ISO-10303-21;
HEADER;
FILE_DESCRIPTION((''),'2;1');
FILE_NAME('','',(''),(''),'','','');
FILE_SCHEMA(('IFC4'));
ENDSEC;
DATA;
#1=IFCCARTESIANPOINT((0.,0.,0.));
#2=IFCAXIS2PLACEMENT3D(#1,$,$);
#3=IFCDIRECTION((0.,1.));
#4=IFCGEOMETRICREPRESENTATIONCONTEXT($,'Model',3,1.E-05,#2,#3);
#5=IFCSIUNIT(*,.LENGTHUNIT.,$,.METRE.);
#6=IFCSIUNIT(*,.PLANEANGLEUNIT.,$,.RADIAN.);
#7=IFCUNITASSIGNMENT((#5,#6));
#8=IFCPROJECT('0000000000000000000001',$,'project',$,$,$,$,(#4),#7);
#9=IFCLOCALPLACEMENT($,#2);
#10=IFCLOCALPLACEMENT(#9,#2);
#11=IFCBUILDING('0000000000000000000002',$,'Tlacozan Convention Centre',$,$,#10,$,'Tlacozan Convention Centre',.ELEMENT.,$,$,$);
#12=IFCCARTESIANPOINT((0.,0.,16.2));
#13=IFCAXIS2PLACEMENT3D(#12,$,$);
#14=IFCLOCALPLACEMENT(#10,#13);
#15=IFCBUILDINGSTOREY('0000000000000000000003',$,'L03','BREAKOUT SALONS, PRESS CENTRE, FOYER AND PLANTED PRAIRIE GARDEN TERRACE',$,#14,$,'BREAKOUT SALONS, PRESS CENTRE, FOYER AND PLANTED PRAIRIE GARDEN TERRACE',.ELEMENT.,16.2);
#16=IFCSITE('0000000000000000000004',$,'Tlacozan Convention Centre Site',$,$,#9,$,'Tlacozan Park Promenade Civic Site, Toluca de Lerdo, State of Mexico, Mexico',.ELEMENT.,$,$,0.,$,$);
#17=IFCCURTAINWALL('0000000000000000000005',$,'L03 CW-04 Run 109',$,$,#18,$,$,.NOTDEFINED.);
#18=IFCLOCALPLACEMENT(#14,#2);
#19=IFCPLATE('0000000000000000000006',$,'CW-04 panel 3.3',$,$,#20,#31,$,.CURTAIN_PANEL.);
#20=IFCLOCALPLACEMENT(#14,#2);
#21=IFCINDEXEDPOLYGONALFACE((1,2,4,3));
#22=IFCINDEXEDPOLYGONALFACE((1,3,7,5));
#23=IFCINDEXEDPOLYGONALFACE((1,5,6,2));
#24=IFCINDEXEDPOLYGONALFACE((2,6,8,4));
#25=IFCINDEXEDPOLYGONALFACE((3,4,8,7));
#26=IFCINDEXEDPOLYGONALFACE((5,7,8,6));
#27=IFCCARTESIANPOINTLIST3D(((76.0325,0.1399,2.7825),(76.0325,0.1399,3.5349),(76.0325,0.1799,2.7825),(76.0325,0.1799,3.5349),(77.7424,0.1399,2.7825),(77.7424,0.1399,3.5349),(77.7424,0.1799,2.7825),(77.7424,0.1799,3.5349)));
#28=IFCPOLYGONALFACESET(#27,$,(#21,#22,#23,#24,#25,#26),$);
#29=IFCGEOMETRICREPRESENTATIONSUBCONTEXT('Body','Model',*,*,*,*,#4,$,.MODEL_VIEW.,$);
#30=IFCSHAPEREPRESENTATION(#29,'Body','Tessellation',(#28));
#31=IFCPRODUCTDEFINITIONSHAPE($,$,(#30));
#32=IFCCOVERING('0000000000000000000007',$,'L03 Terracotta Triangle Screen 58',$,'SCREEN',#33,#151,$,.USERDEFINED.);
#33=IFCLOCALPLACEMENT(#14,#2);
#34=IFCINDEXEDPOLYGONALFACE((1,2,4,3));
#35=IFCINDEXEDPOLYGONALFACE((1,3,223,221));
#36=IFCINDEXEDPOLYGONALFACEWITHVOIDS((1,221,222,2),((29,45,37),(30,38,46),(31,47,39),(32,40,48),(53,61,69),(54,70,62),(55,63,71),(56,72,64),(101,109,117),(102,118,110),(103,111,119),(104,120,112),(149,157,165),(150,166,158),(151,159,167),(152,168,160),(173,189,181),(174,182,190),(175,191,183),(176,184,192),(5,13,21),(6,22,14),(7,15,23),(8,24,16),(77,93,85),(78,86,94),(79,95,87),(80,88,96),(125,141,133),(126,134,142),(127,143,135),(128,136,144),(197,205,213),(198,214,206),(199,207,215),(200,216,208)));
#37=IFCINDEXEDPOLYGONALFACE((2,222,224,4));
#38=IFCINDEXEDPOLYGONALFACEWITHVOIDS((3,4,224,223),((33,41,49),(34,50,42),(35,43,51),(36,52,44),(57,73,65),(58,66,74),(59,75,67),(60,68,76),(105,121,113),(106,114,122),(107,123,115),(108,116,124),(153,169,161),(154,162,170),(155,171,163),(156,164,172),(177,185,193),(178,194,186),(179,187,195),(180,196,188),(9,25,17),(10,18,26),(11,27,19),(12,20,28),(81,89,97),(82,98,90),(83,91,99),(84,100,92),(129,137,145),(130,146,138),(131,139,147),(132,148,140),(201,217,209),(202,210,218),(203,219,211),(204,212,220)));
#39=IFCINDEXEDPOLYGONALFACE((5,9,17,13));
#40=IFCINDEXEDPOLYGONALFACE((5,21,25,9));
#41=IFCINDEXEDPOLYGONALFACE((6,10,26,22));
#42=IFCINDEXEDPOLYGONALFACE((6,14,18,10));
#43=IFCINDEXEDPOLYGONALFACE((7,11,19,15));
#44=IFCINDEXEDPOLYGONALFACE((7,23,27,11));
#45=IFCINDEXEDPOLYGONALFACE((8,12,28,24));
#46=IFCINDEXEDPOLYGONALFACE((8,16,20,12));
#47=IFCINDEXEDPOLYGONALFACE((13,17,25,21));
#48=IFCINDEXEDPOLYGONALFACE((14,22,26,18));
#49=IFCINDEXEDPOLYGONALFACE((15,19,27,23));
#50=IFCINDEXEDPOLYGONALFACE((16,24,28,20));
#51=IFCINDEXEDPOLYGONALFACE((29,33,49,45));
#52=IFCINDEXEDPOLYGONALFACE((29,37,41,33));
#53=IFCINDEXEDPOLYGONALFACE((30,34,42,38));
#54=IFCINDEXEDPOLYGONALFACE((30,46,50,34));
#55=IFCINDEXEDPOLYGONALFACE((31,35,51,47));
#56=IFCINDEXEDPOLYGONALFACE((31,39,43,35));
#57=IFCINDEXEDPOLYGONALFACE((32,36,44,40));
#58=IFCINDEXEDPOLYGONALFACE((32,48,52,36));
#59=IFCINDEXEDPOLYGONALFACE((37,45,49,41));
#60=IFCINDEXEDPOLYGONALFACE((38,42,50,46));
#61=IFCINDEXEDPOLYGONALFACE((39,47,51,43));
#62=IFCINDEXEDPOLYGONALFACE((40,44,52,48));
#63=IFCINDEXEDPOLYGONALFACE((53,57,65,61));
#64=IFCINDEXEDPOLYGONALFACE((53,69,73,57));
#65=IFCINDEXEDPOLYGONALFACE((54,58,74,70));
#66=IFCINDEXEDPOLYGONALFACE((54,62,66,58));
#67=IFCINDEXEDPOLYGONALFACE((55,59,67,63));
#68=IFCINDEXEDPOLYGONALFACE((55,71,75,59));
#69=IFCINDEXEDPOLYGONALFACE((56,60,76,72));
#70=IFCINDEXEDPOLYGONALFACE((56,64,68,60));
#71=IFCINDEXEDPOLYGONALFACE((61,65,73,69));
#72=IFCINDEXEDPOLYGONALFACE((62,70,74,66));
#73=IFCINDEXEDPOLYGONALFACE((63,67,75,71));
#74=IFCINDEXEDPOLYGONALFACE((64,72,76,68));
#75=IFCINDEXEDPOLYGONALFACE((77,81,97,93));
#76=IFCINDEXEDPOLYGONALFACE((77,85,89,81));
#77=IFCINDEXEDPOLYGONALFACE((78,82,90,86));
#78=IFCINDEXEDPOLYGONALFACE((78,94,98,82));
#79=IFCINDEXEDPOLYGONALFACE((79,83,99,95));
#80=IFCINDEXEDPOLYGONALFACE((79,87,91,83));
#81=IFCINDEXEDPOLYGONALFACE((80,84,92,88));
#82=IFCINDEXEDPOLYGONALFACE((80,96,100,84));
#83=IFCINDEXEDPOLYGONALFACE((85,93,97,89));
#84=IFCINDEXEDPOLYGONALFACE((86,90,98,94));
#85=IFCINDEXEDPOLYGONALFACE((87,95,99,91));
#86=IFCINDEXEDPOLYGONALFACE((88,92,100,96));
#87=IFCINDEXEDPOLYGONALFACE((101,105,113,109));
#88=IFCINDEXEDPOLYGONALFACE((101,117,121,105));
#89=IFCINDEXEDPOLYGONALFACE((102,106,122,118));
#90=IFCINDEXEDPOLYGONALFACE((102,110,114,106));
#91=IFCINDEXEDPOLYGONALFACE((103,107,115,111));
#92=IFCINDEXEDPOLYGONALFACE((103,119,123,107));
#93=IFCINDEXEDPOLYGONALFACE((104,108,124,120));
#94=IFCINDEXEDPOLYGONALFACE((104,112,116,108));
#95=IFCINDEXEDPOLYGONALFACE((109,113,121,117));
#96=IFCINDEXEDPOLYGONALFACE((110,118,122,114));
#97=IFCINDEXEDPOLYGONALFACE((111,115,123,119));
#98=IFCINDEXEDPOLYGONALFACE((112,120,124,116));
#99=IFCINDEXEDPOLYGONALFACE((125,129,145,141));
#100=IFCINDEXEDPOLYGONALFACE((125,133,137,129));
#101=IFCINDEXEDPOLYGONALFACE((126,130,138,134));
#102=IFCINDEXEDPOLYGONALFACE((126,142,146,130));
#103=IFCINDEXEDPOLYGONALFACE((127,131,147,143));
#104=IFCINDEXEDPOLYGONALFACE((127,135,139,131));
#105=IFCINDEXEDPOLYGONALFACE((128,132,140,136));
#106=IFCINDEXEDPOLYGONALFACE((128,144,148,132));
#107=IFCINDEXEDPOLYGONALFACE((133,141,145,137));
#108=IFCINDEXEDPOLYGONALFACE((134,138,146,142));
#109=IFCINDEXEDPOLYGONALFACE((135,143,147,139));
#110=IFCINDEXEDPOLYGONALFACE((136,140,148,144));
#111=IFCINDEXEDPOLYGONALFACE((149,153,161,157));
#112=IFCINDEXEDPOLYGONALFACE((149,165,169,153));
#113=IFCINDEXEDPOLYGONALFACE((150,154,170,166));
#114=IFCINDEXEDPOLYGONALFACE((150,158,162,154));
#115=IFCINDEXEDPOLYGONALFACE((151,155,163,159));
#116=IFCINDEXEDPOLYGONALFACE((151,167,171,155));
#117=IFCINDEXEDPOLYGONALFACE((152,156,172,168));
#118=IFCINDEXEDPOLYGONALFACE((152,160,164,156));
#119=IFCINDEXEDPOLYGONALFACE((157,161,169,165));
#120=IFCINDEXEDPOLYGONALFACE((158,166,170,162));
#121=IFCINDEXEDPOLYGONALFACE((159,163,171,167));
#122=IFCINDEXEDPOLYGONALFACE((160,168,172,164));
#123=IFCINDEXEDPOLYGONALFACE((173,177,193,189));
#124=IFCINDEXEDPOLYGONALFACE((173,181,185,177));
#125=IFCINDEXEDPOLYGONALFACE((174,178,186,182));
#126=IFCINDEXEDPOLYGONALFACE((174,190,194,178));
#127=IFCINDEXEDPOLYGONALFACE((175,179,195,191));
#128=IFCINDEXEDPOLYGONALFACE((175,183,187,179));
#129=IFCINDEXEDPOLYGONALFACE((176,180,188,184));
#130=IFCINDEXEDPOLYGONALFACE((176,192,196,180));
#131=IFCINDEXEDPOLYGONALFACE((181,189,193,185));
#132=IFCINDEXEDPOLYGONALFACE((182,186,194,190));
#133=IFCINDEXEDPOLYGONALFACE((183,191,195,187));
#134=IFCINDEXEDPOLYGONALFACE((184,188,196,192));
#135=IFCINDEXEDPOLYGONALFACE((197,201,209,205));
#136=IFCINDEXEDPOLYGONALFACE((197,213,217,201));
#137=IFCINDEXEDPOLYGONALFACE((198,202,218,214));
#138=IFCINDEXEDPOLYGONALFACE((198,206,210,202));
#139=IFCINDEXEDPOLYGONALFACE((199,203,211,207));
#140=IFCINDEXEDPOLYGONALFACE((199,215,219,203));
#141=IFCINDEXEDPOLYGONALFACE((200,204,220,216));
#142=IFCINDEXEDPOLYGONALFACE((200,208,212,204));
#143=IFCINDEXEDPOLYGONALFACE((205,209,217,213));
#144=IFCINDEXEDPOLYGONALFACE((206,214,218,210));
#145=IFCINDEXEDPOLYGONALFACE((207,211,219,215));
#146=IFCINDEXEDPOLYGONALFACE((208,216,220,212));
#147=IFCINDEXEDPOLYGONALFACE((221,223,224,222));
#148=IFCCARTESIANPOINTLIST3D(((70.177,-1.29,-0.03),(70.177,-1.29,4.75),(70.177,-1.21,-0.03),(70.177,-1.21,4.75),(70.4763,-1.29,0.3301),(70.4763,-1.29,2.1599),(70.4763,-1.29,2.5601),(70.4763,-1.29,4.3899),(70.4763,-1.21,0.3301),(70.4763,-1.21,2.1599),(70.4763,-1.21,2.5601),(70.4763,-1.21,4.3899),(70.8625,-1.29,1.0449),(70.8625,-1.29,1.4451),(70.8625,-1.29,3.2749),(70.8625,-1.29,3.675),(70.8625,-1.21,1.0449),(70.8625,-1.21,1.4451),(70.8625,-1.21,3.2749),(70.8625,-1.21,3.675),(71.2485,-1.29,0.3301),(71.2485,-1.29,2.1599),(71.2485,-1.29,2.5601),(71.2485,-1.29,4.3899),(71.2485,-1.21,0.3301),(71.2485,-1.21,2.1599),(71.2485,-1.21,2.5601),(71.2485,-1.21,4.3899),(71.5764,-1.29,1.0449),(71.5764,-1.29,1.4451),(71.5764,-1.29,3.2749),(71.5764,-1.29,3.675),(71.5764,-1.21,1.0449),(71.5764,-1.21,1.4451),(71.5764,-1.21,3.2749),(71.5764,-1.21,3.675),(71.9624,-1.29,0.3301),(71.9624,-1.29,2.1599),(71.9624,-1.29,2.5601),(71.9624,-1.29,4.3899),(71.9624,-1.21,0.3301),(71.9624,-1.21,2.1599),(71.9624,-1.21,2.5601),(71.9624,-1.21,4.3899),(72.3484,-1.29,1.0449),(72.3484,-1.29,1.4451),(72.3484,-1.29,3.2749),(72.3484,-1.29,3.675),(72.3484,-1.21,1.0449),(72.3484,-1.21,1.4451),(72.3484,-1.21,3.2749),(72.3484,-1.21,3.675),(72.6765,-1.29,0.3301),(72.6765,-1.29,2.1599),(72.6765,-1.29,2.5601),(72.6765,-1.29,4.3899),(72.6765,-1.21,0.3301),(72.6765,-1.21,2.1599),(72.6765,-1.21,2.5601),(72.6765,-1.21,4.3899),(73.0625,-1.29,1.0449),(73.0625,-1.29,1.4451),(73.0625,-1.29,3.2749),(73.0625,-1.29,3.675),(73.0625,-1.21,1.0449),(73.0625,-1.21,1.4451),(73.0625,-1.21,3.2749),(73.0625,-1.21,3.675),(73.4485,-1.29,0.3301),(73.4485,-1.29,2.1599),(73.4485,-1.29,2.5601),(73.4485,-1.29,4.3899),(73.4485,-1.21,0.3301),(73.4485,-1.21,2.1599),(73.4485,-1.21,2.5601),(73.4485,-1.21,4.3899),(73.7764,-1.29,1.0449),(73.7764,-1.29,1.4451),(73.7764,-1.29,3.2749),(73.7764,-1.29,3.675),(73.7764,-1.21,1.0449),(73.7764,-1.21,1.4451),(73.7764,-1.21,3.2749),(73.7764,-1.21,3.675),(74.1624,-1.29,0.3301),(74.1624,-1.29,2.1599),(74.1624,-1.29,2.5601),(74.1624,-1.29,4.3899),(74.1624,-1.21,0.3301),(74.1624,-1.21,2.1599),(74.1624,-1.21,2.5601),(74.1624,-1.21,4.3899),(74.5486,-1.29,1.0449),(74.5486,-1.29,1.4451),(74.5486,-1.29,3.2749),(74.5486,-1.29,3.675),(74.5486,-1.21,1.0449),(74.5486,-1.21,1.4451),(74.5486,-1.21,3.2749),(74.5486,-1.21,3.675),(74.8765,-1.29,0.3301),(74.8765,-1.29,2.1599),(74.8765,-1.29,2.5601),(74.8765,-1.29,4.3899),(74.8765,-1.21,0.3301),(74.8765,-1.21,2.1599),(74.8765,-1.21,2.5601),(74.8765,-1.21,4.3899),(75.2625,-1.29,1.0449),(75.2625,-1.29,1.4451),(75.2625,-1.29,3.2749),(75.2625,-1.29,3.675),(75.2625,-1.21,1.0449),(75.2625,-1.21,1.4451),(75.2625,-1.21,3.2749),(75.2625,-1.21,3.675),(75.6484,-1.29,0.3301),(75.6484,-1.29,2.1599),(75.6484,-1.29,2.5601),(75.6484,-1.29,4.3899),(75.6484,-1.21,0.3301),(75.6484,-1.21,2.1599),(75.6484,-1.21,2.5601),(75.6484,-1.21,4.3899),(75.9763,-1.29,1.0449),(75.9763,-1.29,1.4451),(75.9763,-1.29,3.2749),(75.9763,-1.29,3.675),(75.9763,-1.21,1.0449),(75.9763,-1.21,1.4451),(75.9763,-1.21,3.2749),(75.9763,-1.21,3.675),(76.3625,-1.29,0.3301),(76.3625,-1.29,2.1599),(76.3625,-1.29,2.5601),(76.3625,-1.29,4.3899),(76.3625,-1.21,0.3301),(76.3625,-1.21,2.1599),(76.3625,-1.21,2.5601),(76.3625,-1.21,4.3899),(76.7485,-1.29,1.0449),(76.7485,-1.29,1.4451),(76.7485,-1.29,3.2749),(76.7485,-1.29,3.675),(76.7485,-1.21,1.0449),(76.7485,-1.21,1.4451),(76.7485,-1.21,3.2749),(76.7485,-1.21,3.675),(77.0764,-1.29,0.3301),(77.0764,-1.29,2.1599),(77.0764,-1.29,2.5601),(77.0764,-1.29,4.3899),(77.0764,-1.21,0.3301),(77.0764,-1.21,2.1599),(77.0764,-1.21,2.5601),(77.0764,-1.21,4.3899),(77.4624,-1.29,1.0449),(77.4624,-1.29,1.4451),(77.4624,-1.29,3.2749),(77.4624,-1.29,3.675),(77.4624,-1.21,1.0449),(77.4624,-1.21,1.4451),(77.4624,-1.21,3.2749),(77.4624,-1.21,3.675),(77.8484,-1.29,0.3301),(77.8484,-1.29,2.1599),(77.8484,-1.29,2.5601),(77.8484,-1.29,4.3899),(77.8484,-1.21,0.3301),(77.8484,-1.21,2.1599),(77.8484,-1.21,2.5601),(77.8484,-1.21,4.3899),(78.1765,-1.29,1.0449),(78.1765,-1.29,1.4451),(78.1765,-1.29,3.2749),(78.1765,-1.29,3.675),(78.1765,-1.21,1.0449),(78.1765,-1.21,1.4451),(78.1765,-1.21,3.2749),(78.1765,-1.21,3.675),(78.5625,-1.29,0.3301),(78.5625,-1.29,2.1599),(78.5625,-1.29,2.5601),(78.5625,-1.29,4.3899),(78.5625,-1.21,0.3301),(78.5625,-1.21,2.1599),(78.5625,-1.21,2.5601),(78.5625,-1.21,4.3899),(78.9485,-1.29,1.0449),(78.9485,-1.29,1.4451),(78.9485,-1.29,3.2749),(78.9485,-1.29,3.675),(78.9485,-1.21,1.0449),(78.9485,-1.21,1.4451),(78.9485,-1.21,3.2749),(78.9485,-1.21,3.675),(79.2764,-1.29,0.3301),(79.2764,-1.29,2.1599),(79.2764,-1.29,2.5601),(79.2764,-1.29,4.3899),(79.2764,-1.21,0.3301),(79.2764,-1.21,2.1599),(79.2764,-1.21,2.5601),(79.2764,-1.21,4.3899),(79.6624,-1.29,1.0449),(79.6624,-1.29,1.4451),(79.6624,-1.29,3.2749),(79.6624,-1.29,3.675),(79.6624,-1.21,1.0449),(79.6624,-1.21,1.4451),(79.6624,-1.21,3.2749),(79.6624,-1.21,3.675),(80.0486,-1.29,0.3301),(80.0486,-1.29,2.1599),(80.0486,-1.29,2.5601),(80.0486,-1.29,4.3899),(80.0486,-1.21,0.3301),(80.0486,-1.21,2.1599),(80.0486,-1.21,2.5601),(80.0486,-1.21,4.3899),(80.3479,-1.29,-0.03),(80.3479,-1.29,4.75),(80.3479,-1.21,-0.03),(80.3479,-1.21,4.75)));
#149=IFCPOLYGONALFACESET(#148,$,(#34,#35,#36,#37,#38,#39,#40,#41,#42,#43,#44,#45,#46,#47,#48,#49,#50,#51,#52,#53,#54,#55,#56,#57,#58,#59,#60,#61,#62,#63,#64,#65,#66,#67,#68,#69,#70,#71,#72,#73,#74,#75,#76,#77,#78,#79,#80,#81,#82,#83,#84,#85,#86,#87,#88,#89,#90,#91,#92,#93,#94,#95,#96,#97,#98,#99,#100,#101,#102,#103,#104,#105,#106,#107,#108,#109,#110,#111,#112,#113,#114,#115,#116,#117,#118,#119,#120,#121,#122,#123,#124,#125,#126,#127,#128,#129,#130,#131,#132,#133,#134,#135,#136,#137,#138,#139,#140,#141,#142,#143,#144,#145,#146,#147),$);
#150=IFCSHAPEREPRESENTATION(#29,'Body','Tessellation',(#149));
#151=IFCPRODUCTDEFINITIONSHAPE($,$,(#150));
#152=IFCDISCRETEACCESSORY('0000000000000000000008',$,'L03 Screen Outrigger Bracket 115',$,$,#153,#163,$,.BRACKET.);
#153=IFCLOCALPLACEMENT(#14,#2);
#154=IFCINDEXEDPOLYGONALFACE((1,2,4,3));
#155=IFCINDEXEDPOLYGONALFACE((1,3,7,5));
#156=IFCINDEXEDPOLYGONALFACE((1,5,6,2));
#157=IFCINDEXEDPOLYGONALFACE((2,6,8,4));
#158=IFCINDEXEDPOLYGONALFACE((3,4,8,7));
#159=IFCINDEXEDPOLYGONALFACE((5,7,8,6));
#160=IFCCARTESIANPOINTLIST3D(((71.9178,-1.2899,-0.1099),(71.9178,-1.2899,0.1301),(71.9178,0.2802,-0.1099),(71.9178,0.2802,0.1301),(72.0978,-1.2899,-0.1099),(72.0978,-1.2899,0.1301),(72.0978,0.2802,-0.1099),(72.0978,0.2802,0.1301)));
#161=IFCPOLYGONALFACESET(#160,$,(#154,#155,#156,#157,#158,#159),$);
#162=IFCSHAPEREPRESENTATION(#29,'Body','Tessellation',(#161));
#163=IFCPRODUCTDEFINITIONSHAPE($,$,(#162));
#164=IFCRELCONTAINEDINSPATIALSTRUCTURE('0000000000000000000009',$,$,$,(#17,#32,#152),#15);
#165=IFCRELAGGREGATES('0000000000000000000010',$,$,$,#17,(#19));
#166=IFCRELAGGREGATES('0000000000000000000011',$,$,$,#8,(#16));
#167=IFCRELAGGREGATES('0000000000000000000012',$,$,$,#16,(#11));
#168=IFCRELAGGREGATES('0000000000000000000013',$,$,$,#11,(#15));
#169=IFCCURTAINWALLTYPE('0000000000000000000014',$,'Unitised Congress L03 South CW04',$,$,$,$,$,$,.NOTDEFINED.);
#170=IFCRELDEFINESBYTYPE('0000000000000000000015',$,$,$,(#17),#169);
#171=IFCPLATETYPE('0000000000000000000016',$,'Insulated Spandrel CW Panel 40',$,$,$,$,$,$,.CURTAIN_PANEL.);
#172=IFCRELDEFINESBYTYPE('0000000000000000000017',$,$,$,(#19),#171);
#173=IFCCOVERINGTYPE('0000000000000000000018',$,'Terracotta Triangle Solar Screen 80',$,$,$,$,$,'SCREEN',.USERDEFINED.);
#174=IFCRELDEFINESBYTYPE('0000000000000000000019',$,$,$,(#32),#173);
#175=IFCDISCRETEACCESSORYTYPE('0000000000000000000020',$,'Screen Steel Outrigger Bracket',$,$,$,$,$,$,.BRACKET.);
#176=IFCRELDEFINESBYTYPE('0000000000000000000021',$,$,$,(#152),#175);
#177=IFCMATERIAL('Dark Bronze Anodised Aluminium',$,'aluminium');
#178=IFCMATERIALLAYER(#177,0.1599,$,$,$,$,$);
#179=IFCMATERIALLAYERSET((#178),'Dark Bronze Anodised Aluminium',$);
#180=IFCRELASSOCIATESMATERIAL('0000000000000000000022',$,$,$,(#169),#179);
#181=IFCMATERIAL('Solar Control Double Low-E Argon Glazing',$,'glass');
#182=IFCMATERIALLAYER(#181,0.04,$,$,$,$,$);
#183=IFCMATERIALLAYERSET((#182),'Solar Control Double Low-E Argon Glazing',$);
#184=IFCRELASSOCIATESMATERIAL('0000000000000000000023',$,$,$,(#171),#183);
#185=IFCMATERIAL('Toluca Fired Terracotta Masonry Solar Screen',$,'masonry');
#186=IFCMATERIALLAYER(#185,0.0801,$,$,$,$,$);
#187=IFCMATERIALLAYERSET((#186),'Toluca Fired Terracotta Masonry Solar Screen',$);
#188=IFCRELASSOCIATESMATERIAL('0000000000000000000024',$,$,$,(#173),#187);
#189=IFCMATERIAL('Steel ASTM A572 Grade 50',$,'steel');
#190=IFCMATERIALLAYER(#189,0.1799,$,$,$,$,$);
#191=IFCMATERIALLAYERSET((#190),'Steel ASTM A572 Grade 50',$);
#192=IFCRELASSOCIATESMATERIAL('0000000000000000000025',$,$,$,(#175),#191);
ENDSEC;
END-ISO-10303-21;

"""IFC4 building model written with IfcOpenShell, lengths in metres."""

from ifc_helpers import new_model, si_unit, direction, frame, origin, origin_2d, place, context, subcontext, project, spatial, polyline, rectangle, outline, extrude, material, layer, layer_set, type_object, element, aggregate, save


model = new_model("IFC4")

# Units and contexts
model_context = context("Model", 3, precision=1e-05, world=origin(), true_north=direction((0.0, 1.0)))
body_context = subcontext(model_context, "Body", "Model", "MODEL_VIEW")
ifc_project = project(units=[si_unit("LENGTHUNIT", "METRE"), si_unit("PLANEANGLEUNIT", "RADIAN")], contexts=[model_context])

# Site, building, storey
site_placement = place(None, origin())
site = spatial("IfcSite", under=ifc_project, at=site_placement, Name="Tlacozan Convention Centre Site", LongName="Tlacozan Park Promenade Civic Site, Toluca de Lerdo, State of Mexico, Mexico", CompositionType="ELEMENT", RefElevation=0.0)
building_placement = place(site_placement, origin())
building = spatial("IfcBuilding", under=site, at=building_placement, Name="Tlacozan Convention Centre", LongName="Tlacozan Convention Centre", CompositionType="ELEMENT")
storey_placement = place(building_placement, frame((0.0, 0.0, 16.2)))
storey = spatial("IfcBuildingStorey", under=building, at=storey_placement, Name="L03", Description="BREAKOUT SALONS, PRESS CENTRE, FOYER AND PLANTED PRAIRIE GARDEN TERRACE", LongName="BREAKOUT SALONS, PRESS CENTRE, FOYER AND PLANTED PRAIRIE GARDEN TERRACE", CompositionType="ELEMENT", Elevation=16.2)

# Shared definitions
ifc_material_1 = material(Name="Dark Bronze Anodised Aluminium", Category="aluminium")
ifc_layer_1 = layer(ifc_material_1, 0.1599)
ifc_layer_set_1 = layer_set([ifc_layer_1], Name="Dark Bronze Anodised Aluminium")
curtain_wall_type = type_object("IfcCurtainWallType", Name="Unitised Congress L03 South CW04", PredefinedType="NOTDEFINED", material=ifc_layer_set_1)

# Curtain wall
curtain_wall_1_placement = place(storey_placement, origin())
curtain_wall_1 = element("IfcCurtainWall", 1, at=curtain_wall_1_placement, inside=storey, type_object=curtain_wall_type, Name="L03 CW-04 Run 109", PredefinedType="NOTDEFINED")

# Plate
ifc_material_2 = material(Name="Solar Control Double Low-E Argon Glazing", Category="glass")
ifc_layer_2 = layer(ifc_material_2, 0.04)
ifc_layer_set_2 = layer_set([ifc_layer_2], Name="Solar Control Double Low-E Argon Glazing")
plate_type_1 = type_object("IfcPlateType", Name="Insulated Spandrel CW Panel 40", PredefinedType="CURTAIN_PANEL", material=ifc_layer_set_2)
plate_1_placement = place(storey_placement, frame((76.8875, 0.1599, 2.7825), z_axis=(0.0, 0.0, 1.0), x_axis=(1.0, 0.0, 0.0)))
plate_1 = element("IfcPlate", 2, at=plate_1_placement, type_object=plate_type_1, Name="CW-04 panel 3.3", PredefinedType="CURTAIN_PANEL", context=body_context, shape_type="SweptSolid", body=[
    extrude(rectangle(XDim=1.71, YDim=0.04, at=origin_2d()), origin(), (0.0, 0.0, 1.0), 0.7524),
])
aggregate(curtain_wall_1, [plate_1])

# Covering
ifc_material_3 = material(Name="Toluca Fired Terracotta Masonry Solar Screen", Category="masonry")
ifc_layer_3 = layer(ifc_material_3, 0.0801)
ifc_layer_set_3 = layer_set([ifc_layer_3], Name="Toluca Fired Terracotta Masonry Solar Screen")
covering_type = type_object("IfcCoveringType", Name="Terracotta Triangle Solar Screen 80", ElementType="SCREEN", PredefinedType="USERDEFINED", material=ifc_layer_set_3)
covering_placement = place(storey_placement, frame((70.177, -1.25, -0.03), z_axis=(0.0, 0.0, 1.0), x_axis=(1.0, 0.0, 0.0)))
element("IfcCovering", 3, at=covering_placement, inside=storey, type_object=covering_type, Name="L03 Terracotta Triangle Screen 58", ObjectType="SCREEN", PredefinedType="USERDEFINED", context=body_context, shape_type="SweptSolid", body=[
    extrude(outline(polyline([(0.0, 0.0), (10.1709, 0.0), (10.1709, 4.78), (0.0, 4.78), (0.0, 0.0)]), holes=[polyline([(0.2993, 0.3601), (1.0715, 0.3601), (0.6855, 1.075), (0.2993, 0.3601)]), polyline([(1.3994, 1.075), (2.1714, 1.075), (1.7854, 0.3601), (1.3994, 1.075)]), polyline([(2.4995, 0.3601), (3.2715, 0.3601), (2.8855, 1.075), (2.4995, 0.3601)]), polyline([(3.5994, 1.075), (4.3716, 1.075), (3.9854, 0.3601), (3.5994, 1.075)]), polyline([(4.6995, 0.3601), (5.4714, 0.3601), (5.0854, 1.075), (4.6995, 0.3601)]), polyline([(5.7993, 1.075), (6.5715, 1.075), (6.1855, 0.3601), (5.7993, 1.075)]), polyline([(6.8994, 0.3601), (7.6714, 0.3601), (7.2854, 1.075), (6.8994, 0.3601)]), polyline([(7.9995, 1.075), (8.7715, 1.075), (8.3855, 0.3601), (7.9995, 1.075)]), polyline([(9.0994, 0.3601), (9.8716, 0.3601), (9.4854, 1.075), (9.0994, 0.3601)]), polyline([(0.2993, 2.1899), (1.0715, 2.1899), (0.6855, 1.4751), (0.2993, 2.1899)]), polyline([(1.3994, 1.4751), (2.1714, 1.4751), (1.7854, 2.1899), (1.3994, 1.4751)]), polyline([(2.4995, 2.1899), (3.2715, 2.1899), (2.8855, 1.4751), (2.4995, 2.1899)]), polyline([(3.5994, 1.4751), (4.3716, 1.4751), (3.9854, 2.1899), (3.5994, 1.4751)]), polyline([(4.6995, 2.1899), (5.4714, 2.1899), (5.0854, 1.4751), (4.6995, 2.1899)]), polyline([(5.7993, 1.4751), (6.5715, 1.4751), (6.1855, 2.1899), (5.7993, 1.4751)]), polyline([(6.8994, 2.1899), (7.6714, 2.1899), (7.2854, 1.4751), (6.8994, 2.1899)]), polyline([(7.9995, 1.4751), (8.7715, 1.4751), (8.3855, 2.1899), (7.9995, 1.4751)]), polyline([(9.0994, 2.1899), (9.8716, 2.1899), (9.4854, 1.4751), (9.0994, 2.1899)]), polyline([(0.2993, 2.5901), (1.0715, 2.5901), (0.6855, 3.3049), (0.2993, 2.5901)]), polyline([(1.3994, 3.3049), (2.1714, 3.3049), (1.7854, 2.5901), (1.3994, 3.3049)]), polyline([(2.4995, 2.5901), (3.2715, 2.5901), (2.8855, 3.3049), (2.4995, 2.5901)]), polyline([(3.5994, 3.3049), (4.3716, 3.3049), (3.9854, 2.5901), (3.5994, 3.3049)]), polyline([(4.6995, 2.5901), (5.4714, 2.5901), (5.0854, 3.3049), (4.6995, 2.5901)]), polyline([(5.7993, 3.3049), (6.5715, 3.3049), (6.1855, 2.5901), (5.7993, 3.3049)]), polyline([(6.8994, 2.5901), (7.6714, 2.5901), (7.2854, 3.3049), (6.8994, 2.5901)]), polyline([(7.9995, 3.3049), (8.7715, 3.3049), (8.3855, 2.5901), (7.9995, 3.3049)]), polyline([(9.0994, 2.5901), (9.8716, 2.5901), (9.4854, 3.3049), (9.0994, 2.5901)]), polyline([(0.2993, 4.4199), (1.0715, 4.4199), (0.6855, 3.7051), (0.2993, 4.4199)]), polyline([(1.3994, 3.7051), (2.1714, 3.7051), (1.7854, 4.4199), (1.3994, 3.7051)]), polyline([(2.4995, 4.4199), (3.2715, 4.4199), (2.8855, 3.7051), (2.4995, 4.4199)]), polyline([(3.5994, 3.7051), (4.3716, 3.7051), (3.9854, 4.4199), (3.5994, 3.7051)]), polyline([(4.6995, 4.4199), (5.4714, 4.4199), (5.0854, 3.7051), (4.6995, 4.4199)]), polyline([(5.7993, 3.7051), (6.5715, 3.7051), (6.1855, 4.4199), (5.7993, 3.7051)]), polyline([(6.8994, 4.4199), (7.6714, 4.4199), (7.2854, 3.7051), (6.8994, 4.4199)]), polyline([(7.9995, 3.7051), (8.7715, 3.7051), (8.3855, 4.4199), (7.9995, 3.7051)]), polyline([(9.0994, 4.4199), (9.8716, 4.4199), (9.4854, 3.7051), (9.0994, 4.4199)])]), frame((0.0, 0.04, 0.0), z_axis=(0.0, -1.0, 0.0), x_axis=(1.0, 0.0, 0.0)), (0.0, 0.0, 1.0), 0.0801),
])

# Discrete accessory
ifc_material_4 = material(Name="Steel ASTM A572 Grade 50", Category="steel")
ifc_layer_4 = layer(ifc_material_4, 0.1799)
ifc_layer_set_4 = layer_set([ifc_layer_4], Name="Steel ASTM A572 Grade 50")
discrete_accessory_type = type_object("IfcDiscreteAccessoryType", Name="Screen Steel Outrigger Bracket", PredefinedType="BRACKET", material=ifc_layer_set_4)
discrete_accessory_placement = place(storey_placement, frame((72.0078, -0.5049, -0.1099), z_axis=(0.0, 0.0, 1.0), x_axis=(0.0, 1.0, 0.0)))
element("IfcDiscreteAccessory", 4, at=discrete_accessory_placement, inside=storey, type_object=discrete_accessory_type, Name="L03 Screen Outrigger Bracket 115", PredefinedType="BRACKET", context=body_context, shape_type="SweptSolid", body=[
    extrude(rectangle(XDim=1.5701, YDim=0.1799, at=origin_2d()), origin(), (0.0, 0.0, 1.0), 0.24),
])

save(model, "model.ifc")
